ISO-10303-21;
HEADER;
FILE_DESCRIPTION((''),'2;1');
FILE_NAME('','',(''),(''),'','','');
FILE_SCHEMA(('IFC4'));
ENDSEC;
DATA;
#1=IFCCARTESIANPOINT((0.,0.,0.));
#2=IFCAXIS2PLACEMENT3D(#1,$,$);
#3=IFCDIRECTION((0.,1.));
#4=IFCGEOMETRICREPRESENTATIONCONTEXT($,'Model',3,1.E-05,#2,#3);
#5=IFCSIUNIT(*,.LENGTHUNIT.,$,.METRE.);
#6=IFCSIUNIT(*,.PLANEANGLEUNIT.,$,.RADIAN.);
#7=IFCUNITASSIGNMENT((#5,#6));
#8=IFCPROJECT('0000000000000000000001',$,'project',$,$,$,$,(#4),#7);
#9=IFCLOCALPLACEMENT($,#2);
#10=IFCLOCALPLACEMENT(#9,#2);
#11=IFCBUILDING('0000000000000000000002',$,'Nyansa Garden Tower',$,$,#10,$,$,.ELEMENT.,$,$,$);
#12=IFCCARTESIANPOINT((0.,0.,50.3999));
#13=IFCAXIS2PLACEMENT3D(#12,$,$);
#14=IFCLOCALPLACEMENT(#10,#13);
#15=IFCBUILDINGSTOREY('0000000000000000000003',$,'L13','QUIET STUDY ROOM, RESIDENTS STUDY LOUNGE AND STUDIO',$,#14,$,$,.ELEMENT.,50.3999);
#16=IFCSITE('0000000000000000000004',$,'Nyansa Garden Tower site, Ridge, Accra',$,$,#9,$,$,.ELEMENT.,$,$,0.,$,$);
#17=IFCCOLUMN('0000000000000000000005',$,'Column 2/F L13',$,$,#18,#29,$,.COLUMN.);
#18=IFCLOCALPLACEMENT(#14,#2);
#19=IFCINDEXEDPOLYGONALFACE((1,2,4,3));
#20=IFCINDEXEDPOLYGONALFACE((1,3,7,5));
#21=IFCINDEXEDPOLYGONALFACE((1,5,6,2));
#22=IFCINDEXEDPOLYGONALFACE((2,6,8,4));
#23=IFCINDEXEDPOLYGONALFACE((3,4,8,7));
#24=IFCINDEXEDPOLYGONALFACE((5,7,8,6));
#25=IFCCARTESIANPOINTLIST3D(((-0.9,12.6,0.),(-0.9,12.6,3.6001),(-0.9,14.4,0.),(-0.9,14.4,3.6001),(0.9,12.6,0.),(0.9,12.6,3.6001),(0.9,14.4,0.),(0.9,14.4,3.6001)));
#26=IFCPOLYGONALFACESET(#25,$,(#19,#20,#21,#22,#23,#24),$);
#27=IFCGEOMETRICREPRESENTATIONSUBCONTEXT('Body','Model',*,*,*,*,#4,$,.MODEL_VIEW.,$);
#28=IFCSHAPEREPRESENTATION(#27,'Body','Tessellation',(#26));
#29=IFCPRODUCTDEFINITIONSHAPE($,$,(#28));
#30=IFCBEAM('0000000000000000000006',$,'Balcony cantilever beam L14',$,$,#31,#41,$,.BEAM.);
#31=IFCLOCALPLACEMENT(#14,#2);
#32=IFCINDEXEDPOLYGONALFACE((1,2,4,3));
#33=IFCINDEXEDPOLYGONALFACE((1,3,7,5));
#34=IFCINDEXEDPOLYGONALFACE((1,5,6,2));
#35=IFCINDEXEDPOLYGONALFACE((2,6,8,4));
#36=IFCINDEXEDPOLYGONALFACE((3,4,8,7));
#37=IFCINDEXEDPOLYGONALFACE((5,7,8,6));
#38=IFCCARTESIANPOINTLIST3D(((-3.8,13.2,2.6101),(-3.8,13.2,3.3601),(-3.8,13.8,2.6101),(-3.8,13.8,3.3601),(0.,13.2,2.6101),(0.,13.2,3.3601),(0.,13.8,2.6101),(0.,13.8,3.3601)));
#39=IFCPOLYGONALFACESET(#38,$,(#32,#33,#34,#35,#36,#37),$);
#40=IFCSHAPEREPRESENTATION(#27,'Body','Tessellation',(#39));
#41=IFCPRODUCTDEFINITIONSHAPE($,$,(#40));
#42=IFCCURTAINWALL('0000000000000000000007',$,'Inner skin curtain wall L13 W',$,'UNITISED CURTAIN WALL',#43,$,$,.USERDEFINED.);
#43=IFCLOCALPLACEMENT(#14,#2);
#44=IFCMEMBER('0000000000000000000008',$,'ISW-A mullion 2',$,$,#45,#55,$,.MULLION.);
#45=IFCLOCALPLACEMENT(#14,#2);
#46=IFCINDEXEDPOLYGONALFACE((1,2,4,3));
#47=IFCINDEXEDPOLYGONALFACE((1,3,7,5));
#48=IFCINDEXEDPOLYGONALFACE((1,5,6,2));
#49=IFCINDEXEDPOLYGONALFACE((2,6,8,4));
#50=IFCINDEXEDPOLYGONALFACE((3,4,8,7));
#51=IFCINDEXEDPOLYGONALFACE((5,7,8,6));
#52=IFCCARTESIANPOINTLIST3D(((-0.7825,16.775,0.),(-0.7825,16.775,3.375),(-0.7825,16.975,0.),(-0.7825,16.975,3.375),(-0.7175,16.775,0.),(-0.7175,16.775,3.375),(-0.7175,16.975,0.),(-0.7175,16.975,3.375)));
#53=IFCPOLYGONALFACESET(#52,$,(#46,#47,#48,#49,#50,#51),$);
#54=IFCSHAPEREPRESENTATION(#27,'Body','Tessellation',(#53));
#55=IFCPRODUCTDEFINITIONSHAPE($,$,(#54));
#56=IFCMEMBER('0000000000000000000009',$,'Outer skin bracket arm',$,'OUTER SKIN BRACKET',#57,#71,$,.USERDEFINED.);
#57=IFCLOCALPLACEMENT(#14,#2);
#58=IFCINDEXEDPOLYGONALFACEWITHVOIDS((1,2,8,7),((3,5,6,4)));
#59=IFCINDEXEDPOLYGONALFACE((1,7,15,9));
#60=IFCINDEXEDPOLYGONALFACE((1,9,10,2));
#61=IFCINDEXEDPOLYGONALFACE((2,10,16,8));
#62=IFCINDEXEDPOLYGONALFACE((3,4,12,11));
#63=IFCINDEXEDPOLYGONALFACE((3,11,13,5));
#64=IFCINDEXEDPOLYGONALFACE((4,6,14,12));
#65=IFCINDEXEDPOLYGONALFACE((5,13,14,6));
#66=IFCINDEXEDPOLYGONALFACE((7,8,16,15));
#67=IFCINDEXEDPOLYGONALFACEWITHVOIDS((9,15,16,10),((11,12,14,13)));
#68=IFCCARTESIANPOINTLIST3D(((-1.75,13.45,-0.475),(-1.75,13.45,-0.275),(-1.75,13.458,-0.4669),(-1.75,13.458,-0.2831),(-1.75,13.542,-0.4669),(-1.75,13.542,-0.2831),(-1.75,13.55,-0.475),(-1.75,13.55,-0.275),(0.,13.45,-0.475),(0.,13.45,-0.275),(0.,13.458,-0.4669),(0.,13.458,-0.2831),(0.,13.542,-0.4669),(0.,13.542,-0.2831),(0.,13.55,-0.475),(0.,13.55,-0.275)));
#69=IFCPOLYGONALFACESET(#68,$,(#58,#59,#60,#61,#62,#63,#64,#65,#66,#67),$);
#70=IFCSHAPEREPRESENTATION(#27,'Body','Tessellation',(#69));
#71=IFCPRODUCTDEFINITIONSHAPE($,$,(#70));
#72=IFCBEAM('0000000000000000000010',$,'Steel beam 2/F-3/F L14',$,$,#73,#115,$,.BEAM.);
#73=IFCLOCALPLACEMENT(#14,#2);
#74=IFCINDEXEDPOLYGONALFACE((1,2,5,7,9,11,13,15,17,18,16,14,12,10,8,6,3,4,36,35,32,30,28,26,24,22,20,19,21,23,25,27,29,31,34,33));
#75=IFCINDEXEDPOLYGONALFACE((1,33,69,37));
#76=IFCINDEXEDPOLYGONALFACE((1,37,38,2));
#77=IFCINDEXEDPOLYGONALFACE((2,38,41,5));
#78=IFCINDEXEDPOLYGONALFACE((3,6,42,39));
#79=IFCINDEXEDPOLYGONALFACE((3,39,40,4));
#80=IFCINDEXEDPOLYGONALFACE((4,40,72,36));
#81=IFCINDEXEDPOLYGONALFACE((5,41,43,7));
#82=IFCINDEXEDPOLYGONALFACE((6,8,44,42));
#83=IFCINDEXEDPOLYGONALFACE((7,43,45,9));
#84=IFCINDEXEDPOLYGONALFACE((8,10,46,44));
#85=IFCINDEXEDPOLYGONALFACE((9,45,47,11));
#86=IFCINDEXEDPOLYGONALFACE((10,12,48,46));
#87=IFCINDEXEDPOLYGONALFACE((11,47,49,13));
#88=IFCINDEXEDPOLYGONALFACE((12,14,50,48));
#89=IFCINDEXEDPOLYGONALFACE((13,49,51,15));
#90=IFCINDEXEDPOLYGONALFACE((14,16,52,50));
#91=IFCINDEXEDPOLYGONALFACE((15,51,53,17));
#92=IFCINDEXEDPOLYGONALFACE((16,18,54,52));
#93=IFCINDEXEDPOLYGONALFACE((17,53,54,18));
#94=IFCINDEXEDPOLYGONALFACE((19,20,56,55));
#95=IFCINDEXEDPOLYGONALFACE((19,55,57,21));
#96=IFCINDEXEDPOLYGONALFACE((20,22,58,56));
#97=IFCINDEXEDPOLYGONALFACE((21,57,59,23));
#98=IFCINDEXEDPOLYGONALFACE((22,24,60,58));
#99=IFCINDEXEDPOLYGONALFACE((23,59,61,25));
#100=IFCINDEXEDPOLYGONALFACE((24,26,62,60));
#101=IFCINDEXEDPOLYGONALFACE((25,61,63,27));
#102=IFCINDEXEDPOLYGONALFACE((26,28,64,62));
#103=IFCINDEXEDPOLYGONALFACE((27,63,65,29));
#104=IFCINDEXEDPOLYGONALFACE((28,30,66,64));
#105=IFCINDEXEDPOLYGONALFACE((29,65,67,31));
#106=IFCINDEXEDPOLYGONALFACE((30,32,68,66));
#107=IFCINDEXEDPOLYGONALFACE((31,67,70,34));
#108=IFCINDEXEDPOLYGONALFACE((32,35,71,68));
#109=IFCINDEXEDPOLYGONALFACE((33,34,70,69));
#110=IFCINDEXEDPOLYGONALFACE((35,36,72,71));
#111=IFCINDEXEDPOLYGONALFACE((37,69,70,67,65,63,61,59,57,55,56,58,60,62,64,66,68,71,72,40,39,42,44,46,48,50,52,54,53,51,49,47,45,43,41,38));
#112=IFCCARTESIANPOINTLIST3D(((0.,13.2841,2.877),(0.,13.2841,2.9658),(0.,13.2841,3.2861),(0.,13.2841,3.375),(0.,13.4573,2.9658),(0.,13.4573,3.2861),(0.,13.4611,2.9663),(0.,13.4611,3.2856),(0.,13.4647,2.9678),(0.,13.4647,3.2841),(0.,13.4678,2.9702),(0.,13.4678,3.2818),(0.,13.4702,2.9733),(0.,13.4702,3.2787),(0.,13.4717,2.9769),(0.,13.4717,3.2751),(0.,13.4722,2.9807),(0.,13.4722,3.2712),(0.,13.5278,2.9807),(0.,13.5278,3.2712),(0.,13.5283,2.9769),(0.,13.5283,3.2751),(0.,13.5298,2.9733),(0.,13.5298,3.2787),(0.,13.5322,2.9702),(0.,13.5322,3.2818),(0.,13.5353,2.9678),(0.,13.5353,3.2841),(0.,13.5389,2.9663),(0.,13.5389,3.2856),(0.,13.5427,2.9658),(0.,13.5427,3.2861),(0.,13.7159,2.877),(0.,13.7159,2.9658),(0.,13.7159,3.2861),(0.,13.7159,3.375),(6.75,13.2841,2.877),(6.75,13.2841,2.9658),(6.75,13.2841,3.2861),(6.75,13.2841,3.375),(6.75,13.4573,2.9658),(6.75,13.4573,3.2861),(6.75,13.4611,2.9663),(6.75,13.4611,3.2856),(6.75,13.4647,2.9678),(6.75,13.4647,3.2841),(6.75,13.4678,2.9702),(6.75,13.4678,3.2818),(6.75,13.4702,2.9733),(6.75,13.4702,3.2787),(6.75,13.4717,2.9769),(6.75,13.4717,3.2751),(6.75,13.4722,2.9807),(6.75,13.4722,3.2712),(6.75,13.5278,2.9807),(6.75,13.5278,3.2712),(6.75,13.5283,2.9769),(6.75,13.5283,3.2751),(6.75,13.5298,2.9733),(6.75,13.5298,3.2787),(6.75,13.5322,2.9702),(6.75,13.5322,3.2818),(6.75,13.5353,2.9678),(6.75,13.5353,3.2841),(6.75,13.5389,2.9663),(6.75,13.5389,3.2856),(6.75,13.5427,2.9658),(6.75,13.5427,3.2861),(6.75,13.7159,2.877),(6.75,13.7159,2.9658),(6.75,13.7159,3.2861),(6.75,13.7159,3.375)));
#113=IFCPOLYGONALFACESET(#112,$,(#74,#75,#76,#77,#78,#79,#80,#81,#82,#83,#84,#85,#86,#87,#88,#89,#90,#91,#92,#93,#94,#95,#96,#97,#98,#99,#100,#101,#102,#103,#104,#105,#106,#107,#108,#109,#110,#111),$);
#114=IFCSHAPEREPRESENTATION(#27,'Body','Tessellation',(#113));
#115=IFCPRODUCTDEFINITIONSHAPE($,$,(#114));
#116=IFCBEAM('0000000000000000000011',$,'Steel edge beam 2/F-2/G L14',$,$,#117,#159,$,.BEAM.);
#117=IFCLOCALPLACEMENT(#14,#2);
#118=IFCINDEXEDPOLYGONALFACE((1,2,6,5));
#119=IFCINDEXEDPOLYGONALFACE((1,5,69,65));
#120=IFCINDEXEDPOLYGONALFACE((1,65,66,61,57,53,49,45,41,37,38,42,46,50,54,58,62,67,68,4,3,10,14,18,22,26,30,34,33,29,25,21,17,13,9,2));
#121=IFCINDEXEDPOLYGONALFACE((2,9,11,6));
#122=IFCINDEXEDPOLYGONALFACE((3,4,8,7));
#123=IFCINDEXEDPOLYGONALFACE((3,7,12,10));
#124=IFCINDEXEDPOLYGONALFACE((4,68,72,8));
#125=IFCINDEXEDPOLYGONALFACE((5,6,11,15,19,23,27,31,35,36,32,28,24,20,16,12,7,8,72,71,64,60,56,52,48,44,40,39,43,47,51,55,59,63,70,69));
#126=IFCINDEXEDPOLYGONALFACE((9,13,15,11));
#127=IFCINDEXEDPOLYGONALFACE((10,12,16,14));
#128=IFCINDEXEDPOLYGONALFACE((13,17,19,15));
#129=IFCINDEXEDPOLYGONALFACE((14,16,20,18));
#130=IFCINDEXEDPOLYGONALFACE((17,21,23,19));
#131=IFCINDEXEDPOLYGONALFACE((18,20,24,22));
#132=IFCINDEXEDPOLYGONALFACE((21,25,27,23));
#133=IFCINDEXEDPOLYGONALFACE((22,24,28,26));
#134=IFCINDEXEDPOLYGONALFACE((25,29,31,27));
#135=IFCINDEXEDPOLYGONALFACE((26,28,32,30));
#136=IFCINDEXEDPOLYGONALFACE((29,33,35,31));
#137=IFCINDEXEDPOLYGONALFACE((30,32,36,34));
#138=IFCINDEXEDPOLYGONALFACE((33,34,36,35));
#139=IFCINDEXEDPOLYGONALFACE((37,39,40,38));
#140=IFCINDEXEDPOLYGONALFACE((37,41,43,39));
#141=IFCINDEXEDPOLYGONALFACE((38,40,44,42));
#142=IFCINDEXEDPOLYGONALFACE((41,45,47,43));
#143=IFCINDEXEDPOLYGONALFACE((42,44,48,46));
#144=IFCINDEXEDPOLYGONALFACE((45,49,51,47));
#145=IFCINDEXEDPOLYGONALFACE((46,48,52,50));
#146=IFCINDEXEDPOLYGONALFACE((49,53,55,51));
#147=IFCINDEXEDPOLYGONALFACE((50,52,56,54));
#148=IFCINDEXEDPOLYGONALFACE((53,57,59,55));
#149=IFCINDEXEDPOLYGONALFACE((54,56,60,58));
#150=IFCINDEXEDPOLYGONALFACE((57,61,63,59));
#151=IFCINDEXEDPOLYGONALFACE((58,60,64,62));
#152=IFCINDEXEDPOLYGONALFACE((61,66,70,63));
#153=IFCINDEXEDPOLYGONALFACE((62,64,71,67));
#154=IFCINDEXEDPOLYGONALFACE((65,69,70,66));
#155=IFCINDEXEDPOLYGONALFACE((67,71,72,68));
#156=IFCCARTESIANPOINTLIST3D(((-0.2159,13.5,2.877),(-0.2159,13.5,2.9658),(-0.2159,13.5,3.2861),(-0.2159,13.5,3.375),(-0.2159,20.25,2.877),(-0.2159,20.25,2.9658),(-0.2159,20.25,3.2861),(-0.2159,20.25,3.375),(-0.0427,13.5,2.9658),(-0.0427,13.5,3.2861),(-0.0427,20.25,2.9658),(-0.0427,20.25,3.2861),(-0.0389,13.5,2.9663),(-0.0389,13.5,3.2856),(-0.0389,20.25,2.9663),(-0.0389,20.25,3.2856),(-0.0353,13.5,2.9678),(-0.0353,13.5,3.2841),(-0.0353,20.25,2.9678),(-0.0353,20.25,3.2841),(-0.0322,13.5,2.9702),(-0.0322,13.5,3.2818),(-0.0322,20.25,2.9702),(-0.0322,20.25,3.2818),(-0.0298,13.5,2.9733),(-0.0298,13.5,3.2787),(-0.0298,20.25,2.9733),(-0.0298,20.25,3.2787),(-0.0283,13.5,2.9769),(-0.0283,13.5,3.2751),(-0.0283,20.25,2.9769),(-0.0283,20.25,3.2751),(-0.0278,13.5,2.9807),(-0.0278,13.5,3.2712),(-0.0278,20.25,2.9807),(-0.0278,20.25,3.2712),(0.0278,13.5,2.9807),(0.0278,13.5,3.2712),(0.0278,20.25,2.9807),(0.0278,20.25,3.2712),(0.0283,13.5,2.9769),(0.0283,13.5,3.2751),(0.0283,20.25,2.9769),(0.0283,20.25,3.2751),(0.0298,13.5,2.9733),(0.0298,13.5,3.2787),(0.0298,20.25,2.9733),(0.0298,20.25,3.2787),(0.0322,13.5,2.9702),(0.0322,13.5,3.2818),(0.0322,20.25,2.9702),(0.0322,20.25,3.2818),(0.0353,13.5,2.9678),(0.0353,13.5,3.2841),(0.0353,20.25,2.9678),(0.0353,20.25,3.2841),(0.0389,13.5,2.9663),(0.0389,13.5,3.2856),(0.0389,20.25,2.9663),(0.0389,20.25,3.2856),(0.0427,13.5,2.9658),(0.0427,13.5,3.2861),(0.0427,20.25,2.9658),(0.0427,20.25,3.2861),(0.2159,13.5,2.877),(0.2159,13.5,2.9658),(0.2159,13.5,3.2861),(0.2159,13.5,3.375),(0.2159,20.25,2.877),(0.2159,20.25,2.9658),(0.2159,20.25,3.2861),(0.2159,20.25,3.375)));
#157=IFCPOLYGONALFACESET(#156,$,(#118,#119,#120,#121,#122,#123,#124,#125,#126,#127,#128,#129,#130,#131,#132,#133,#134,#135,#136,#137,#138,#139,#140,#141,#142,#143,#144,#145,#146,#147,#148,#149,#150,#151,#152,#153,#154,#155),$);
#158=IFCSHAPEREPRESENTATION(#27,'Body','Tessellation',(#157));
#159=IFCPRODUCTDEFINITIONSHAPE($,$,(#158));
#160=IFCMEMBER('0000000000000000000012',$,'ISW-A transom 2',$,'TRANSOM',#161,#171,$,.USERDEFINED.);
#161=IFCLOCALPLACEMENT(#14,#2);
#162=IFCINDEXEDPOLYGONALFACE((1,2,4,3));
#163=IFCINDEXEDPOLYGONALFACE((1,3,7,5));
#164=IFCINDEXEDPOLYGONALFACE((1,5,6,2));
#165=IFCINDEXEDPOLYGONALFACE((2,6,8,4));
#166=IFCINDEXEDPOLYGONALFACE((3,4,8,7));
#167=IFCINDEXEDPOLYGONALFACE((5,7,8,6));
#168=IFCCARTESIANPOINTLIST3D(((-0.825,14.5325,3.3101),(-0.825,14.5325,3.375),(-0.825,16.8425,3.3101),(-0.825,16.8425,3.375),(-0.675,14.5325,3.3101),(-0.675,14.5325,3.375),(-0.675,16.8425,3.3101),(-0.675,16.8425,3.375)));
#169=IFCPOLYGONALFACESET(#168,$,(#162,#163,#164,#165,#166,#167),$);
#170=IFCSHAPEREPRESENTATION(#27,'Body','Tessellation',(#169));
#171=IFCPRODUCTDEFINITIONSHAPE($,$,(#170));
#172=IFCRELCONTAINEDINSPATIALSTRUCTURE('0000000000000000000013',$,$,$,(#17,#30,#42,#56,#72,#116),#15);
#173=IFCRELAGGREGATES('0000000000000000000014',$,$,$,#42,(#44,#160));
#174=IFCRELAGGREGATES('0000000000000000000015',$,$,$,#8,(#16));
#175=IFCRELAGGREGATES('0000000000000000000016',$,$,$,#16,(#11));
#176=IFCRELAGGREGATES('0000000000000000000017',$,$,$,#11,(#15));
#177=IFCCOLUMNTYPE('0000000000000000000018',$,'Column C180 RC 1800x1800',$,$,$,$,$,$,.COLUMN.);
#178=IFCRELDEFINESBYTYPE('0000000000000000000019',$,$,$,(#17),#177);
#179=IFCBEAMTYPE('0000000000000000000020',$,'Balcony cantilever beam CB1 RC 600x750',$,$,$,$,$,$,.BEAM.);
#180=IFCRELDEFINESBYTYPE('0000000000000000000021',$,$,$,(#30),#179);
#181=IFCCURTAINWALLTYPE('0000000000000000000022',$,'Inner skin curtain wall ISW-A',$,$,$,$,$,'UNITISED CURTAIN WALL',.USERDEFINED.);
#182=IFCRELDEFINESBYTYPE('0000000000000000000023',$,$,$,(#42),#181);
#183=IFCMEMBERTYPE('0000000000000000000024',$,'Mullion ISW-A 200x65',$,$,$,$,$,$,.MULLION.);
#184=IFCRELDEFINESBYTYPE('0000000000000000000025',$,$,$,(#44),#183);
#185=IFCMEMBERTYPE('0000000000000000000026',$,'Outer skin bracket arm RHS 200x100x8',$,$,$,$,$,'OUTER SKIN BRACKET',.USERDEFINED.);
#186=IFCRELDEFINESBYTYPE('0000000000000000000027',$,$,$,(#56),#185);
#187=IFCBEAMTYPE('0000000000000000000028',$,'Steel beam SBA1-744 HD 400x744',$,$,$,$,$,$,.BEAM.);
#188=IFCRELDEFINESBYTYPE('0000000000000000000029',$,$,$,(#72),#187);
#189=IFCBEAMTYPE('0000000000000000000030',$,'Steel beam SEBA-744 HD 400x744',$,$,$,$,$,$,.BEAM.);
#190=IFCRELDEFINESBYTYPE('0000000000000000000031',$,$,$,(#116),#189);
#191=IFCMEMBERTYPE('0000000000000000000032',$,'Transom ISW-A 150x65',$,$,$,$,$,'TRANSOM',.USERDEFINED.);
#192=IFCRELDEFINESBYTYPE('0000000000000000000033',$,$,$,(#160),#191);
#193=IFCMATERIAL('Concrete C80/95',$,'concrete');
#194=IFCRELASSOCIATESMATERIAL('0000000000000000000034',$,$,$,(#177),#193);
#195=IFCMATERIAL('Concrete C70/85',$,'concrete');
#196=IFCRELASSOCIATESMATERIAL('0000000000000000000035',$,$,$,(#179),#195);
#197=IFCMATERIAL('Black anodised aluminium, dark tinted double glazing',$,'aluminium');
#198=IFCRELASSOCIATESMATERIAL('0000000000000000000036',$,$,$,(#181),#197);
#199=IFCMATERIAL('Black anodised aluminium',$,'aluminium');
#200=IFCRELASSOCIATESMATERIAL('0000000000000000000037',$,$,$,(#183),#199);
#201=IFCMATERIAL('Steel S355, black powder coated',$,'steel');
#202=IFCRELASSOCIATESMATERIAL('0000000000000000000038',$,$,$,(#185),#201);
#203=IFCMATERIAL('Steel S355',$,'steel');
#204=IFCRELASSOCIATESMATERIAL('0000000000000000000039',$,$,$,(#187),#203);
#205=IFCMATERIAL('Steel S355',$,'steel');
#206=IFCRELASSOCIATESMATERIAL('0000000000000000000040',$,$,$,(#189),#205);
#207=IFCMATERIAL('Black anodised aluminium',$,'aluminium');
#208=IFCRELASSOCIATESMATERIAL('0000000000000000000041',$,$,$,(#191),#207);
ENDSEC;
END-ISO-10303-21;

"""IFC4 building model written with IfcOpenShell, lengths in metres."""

from ifc_helpers import new_model, si_unit, direction, frame, origin, origin_2d, place, context, subcontext, project, spatial, rectangle, hollow_rectangle, i_section, extrude, material, material_profile, profile_set, type_object, element, aggregate, save


model = new_model("IFC4")

# Units and contexts
model_context = context("Model", 3, precision=1e-05, world=origin(), true_north=direction((0.0, 1.0)))
body_context = subcontext(model_context, "Body", "Model", "MODEL_VIEW")
ifc_project = project(units=[si_unit("LENGTHUNIT", "METRE"), si_unit("PLANEANGLEUNIT", "RADIAN")], contexts=[model_context])

# Site, building, storey
site_placement = place(None, origin())
site = spatial("IfcSite", under=ifc_project, at=site_placement, Name="Nyansa Garden Tower site, Ridge, Accra", CompositionType="ELEMENT", RefElevation=0.0)
building_placement = place(site_placement, origin())
building = spatial("IfcBuilding", under=site, at=building_placement, Name="Nyansa Garden Tower", CompositionType="ELEMENT")
storey_placement = place(building_placement, frame((0.0, 0.0, 50.3999)))
storey = spatial("IfcBuildingStorey", under=building, at=storey_placement, Name="L13", Description="QUIET STUDY ROOM, RESIDENTS STUDY LOUNGE AND STUDIO", CompositionType="ELEMENT", Elevation=50.3999)

# Column
ifc_material_1 = material(Name="Concrete C80/95", Category="concrete")
ifc_material_profile_1 = material_profile(ifc_material_1, rectangle(XDim=1.8, YDim=1.8, at=origin_2d()), Name="RC 1800x1800")
ifc_profile_set_1 = profile_set([ifc_material_profile_1], Name="Concrete C80/95")
column_type = type_object("IfcColumnType", Name="Column C180 RC 1800x1800", PredefinedType="COLUMN", material=ifc_profile_set_1)
column_placement = place(storey_placement, frame((0.0, 13.5, 0.0), z_axis=(0.0, 0.0, 1.0), x_axis=(1.0, 0.0, 0.0)))
element("IfcColumn", 1, at=column_placement, inside=storey, type_object=column_type, Name="Column 2/F L13", PredefinedType="COLUMN", context=body_context, shape_type="SweptSolid", body=[
    extrude(rectangle(XDim=1.8, YDim=1.8, at=origin_2d()), origin(), (0.0, 0.0, 1.0), 3.6001),
])

# Beam
ifc_material_2 = material(Name="Concrete C70/85", Category="concrete")
ifc_material_profile_2 = material_profile(ifc_material_2, rectangle(XDim=0.6001, YDim=0.75, at=origin_2d()), Name="RC 600x750")
ifc_profile_set_2 = profile_set([ifc_material_profile_2], Name="Concrete C70/85")
beam_type_1 = type_object("IfcBeamType", Name="Balcony cantilever beam CB1 RC 600x750", PredefinedType="BEAM", material=ifc_profile_set_2)
beam_1_placement = place(storey_placement, frame((0.0, 13.5, 2.9851), z_axis=(-1.0, 0.0, 0.0), x_axis=(0.0, -1.0, 0.0)))
element("IfcBeam", 2, at=beam_1_placement, inside=storey, type_object=beam_type_1, Name="Balcony cantilever beam L14", PredefinedType="BEAM", context=body_context, shape_type="SweptSolid", body=[
    extrude(rectangle(XDim=0.6001, YDim=0.75, at=origin_2d()), origin(), (0.0, 0.0, 1.0), 3.8),
])

# Curtain wall, member
ifc_material_3 = material(Name="Black anodised aluminium, dark tinted double glazing", Category="aluminium")
curtain_wall_type = type_object("IfcCurtainWallType", Name="Inner skin curtain wall ISW-A", ElementType="UNITISED CURTAIN WALL", PredefinedType="USERDEFINED", material=ifc_material_3)
curtain_wall_placement = place(storey_placement, origin())
curtain_wall = element("IfcCurtainWall", 3, at=curtain_wall_placement, inside=storey, type_object=curtain_wall_type, Name="Inner skin curtain wall L13 W", ObjectType="UNITISED CURTAIN WALL", PredefinedType="USERDEFINED")
ifc_material_4 = material(Name="Black anodised aluminium", Category="aluminium")
ifc_material_profile_3 = material_profile(ifc_material_4, rectangle(XDim=0.0649, YDim=0.2, at=origin_2d()), Name="Mullion 200x65")
ifc_profile_set_3 = profile_set([ifc_material_profile_3], Name="Black anodised aluminium")
member_type_1 = type_object("IfcMemberType", Name="Mullion ISW-A 200x65", PredefinedType="MULLION", material=ifc_profile_set_3)
member_1_placement = place(storey_placement, frame((-0.75, 16.875, 0.0), z_axis=(0.0, 0.0, 1.0), x_axis=(1.0, 0.0, 0.0)))
member_1 = element("IfcMember", 4, at=member_1_placement, type_object=member_type_1, Name="ISW-A mullion 2", PredefinedType="MULLION", context=body_context, shape_type="SweptSolid", body=[
    extrude(rectangle(XDim=0.0649, YDim=0.2, at=origin_2d()), origin(), (0.0, 0.0, 1.0), 3.375),
])

# Member
ifc_material_5 = material(Name="Steel S355, black powder coated", Category="steel")
ifc_material_profile_4 = material_profile(ifc_material_5, hollow_rectangle(XDim=0.1001, YDim=0.2, WallThickness=0.0081, at=origin_2d()), Name="RHS 200x100x8")
ifc_profile_set_4 = profile_set([ifc_material_profile_4], Name="Steel S355, black powder coated")
member_type_2 = type_object("IfcMemberType", Name="Outer skin bracket arm RHS 200x100x8", ElementType="OUTER SKIN BRACKET", PredefinedType="USERDEFINED", material=ifc_profile_set_4)
member_2_placement = place(storey_placement, frame((0.0, 13.5, -0.375), z_axis=(-1.0, 0.0, 0.0), x_axis=(0.0, -1.0, 0.0)))
element("IfcMember", 5, at=member_2_placement, inside=storey, type_object=member_type_2, Name="Outer skin bracket arm", ObjectType="OUTER SKIN BRACKET", PredefinedType="USERDEFINED", context=body_context, shape_type="SweptSolid", body=[
    extrude(hollow_rectangle(XDim=0.1001, YDim=0.2, WallThickness=0.0081, at=origin_2d()), origin(), (0.0, 0.0, 1.0), 1.75),
])

# Beams
ifc_material_6 = material(Name="Steel S355", Category="steel")
ifc_material_profile_5 = material_profile(ifc_material_6, i_section(OverallWidth=0.4319, OverallDepth=0.498, WebThickness=0.0557, FlangeThickness=0.0889, FilletRadius=0.0149, at=origin_2d()), Name="HD 400x744")
ifc_profile_set_5 = profile_set([ifc_material_profile_5], Name="Steel S355")
beam_type_2 = type_object("IfcBeamType", Name="Steel beam SBA1-744 HD 400x744", PredefinedType="BEAM", material=ifc_profile_set_5)
beam_2_placement = place(storey_placement, frame((0.0, 13.5, 3.126), z_axis=(1.0, 0.0, 0.0), x_axis=(0.0, 1.0, 0.0)))
element("IfcBeam", 6, at=beam_2_placement, inside=storey, type_object=beam_type_2, Name="Steel beam 2/F-3/F L14", PredefinedType="BEAM", context=body_context, shape_type="SweptSolid", body=[
    extrude(i_section(OverallWidth=0.4319, OverallDepth=0.498, WebThickness=0.0557, FlangeThickness=0.0889, FilletRadius=0.0149, at=origin_2d()), origin(), (0.0, 0.0, 1.0), 6.75),
])
ifc_material_7 = material(Name="Steel S355", Category="steel")
ifc_material_profile_6 = material_profile(ifc_material_7, i_section(OverallWidth=0.4319, OverallDepth=0.498, WebThickness=0.0557, FlangeThickness=0.0889, FilletRadius=0.0149, at=origin_2d()), Name="HD 400x744")
ifc_profile_set_6 = profile_set([ifc_material_profile_6], Name="Steel S355")
beam_type_3 = type_object("IfcBeamType", Name="Steel beam SEBA-744 HD 400x744", PredefinedType="BEAM", material=ifc_profile_set_6)
beam_3_placement = place(storey_placement, frame((0.0, 13.5, 3.126), z_axis=(0.0, 1.0, 0.0), x_axis=(-1.0, 0.0, 0.0)))
element("IfcBeam", 7, at=beam_3_placement, inside=storey, type_object=beam_type_3, Name="Steel edge beam 2/F-2/G L14", PredefinedType="BEAM", context=body_context, shape_type="SweptSolid", body=[
    extrude(i_section(OverallWidth=0.4319, OverallDepth=0.498, WebThickness=0.0557, FlangeThickness=0.0889, FilletRadius=0.0149, at=origin_2d()), origin(), (0.0, 0.0, 1.0), 6.75),
])

# Member
ifc_material_8 = material(Name="Black anodised aluminium", Category="aluminium")
ifc_material_profile_7 = material_profile(ifc_material_8, rectangle(XDim=0.1499, YDim=0.0649, at=origin_2d()), Name="Transom 150x65")
ifc_profile_set_7 = profile_set([ifc_material_profile_7], Name="Black anodised aluminium")
member_type_3 = type_object("IfcMemberType", Name="Transom ISW-A 150x65", ElementType="TRANSOM", PredefinedType="USERDEFINED", material=ifc_profile_set_7)
member_3_placement = place(storey_placement, frame((-0.75, 16.8425, 3.3425), z_axis=(0.0, -1.0, 0.0), x_axis=(1.0, 0.0, 0.0)))
member_3 = element("IfcMember", 8, at=member_3_placement, type_object=member_type_3, Name="ISW-A transom 2", ObjectType="TRANSOM", PredefinedType="USERDEFINED", context=body_context, shape_type="SweptSolid", body=[
    extrude(rectangle(XDim=0.1499, YDim=0.0649, at=origin_2d()), origin(), (0.0, 0.0, 1.0), 2.3101),
])
aggregate(curtain_wall, [member_1, member_3])

save(model, "model.ifc")
